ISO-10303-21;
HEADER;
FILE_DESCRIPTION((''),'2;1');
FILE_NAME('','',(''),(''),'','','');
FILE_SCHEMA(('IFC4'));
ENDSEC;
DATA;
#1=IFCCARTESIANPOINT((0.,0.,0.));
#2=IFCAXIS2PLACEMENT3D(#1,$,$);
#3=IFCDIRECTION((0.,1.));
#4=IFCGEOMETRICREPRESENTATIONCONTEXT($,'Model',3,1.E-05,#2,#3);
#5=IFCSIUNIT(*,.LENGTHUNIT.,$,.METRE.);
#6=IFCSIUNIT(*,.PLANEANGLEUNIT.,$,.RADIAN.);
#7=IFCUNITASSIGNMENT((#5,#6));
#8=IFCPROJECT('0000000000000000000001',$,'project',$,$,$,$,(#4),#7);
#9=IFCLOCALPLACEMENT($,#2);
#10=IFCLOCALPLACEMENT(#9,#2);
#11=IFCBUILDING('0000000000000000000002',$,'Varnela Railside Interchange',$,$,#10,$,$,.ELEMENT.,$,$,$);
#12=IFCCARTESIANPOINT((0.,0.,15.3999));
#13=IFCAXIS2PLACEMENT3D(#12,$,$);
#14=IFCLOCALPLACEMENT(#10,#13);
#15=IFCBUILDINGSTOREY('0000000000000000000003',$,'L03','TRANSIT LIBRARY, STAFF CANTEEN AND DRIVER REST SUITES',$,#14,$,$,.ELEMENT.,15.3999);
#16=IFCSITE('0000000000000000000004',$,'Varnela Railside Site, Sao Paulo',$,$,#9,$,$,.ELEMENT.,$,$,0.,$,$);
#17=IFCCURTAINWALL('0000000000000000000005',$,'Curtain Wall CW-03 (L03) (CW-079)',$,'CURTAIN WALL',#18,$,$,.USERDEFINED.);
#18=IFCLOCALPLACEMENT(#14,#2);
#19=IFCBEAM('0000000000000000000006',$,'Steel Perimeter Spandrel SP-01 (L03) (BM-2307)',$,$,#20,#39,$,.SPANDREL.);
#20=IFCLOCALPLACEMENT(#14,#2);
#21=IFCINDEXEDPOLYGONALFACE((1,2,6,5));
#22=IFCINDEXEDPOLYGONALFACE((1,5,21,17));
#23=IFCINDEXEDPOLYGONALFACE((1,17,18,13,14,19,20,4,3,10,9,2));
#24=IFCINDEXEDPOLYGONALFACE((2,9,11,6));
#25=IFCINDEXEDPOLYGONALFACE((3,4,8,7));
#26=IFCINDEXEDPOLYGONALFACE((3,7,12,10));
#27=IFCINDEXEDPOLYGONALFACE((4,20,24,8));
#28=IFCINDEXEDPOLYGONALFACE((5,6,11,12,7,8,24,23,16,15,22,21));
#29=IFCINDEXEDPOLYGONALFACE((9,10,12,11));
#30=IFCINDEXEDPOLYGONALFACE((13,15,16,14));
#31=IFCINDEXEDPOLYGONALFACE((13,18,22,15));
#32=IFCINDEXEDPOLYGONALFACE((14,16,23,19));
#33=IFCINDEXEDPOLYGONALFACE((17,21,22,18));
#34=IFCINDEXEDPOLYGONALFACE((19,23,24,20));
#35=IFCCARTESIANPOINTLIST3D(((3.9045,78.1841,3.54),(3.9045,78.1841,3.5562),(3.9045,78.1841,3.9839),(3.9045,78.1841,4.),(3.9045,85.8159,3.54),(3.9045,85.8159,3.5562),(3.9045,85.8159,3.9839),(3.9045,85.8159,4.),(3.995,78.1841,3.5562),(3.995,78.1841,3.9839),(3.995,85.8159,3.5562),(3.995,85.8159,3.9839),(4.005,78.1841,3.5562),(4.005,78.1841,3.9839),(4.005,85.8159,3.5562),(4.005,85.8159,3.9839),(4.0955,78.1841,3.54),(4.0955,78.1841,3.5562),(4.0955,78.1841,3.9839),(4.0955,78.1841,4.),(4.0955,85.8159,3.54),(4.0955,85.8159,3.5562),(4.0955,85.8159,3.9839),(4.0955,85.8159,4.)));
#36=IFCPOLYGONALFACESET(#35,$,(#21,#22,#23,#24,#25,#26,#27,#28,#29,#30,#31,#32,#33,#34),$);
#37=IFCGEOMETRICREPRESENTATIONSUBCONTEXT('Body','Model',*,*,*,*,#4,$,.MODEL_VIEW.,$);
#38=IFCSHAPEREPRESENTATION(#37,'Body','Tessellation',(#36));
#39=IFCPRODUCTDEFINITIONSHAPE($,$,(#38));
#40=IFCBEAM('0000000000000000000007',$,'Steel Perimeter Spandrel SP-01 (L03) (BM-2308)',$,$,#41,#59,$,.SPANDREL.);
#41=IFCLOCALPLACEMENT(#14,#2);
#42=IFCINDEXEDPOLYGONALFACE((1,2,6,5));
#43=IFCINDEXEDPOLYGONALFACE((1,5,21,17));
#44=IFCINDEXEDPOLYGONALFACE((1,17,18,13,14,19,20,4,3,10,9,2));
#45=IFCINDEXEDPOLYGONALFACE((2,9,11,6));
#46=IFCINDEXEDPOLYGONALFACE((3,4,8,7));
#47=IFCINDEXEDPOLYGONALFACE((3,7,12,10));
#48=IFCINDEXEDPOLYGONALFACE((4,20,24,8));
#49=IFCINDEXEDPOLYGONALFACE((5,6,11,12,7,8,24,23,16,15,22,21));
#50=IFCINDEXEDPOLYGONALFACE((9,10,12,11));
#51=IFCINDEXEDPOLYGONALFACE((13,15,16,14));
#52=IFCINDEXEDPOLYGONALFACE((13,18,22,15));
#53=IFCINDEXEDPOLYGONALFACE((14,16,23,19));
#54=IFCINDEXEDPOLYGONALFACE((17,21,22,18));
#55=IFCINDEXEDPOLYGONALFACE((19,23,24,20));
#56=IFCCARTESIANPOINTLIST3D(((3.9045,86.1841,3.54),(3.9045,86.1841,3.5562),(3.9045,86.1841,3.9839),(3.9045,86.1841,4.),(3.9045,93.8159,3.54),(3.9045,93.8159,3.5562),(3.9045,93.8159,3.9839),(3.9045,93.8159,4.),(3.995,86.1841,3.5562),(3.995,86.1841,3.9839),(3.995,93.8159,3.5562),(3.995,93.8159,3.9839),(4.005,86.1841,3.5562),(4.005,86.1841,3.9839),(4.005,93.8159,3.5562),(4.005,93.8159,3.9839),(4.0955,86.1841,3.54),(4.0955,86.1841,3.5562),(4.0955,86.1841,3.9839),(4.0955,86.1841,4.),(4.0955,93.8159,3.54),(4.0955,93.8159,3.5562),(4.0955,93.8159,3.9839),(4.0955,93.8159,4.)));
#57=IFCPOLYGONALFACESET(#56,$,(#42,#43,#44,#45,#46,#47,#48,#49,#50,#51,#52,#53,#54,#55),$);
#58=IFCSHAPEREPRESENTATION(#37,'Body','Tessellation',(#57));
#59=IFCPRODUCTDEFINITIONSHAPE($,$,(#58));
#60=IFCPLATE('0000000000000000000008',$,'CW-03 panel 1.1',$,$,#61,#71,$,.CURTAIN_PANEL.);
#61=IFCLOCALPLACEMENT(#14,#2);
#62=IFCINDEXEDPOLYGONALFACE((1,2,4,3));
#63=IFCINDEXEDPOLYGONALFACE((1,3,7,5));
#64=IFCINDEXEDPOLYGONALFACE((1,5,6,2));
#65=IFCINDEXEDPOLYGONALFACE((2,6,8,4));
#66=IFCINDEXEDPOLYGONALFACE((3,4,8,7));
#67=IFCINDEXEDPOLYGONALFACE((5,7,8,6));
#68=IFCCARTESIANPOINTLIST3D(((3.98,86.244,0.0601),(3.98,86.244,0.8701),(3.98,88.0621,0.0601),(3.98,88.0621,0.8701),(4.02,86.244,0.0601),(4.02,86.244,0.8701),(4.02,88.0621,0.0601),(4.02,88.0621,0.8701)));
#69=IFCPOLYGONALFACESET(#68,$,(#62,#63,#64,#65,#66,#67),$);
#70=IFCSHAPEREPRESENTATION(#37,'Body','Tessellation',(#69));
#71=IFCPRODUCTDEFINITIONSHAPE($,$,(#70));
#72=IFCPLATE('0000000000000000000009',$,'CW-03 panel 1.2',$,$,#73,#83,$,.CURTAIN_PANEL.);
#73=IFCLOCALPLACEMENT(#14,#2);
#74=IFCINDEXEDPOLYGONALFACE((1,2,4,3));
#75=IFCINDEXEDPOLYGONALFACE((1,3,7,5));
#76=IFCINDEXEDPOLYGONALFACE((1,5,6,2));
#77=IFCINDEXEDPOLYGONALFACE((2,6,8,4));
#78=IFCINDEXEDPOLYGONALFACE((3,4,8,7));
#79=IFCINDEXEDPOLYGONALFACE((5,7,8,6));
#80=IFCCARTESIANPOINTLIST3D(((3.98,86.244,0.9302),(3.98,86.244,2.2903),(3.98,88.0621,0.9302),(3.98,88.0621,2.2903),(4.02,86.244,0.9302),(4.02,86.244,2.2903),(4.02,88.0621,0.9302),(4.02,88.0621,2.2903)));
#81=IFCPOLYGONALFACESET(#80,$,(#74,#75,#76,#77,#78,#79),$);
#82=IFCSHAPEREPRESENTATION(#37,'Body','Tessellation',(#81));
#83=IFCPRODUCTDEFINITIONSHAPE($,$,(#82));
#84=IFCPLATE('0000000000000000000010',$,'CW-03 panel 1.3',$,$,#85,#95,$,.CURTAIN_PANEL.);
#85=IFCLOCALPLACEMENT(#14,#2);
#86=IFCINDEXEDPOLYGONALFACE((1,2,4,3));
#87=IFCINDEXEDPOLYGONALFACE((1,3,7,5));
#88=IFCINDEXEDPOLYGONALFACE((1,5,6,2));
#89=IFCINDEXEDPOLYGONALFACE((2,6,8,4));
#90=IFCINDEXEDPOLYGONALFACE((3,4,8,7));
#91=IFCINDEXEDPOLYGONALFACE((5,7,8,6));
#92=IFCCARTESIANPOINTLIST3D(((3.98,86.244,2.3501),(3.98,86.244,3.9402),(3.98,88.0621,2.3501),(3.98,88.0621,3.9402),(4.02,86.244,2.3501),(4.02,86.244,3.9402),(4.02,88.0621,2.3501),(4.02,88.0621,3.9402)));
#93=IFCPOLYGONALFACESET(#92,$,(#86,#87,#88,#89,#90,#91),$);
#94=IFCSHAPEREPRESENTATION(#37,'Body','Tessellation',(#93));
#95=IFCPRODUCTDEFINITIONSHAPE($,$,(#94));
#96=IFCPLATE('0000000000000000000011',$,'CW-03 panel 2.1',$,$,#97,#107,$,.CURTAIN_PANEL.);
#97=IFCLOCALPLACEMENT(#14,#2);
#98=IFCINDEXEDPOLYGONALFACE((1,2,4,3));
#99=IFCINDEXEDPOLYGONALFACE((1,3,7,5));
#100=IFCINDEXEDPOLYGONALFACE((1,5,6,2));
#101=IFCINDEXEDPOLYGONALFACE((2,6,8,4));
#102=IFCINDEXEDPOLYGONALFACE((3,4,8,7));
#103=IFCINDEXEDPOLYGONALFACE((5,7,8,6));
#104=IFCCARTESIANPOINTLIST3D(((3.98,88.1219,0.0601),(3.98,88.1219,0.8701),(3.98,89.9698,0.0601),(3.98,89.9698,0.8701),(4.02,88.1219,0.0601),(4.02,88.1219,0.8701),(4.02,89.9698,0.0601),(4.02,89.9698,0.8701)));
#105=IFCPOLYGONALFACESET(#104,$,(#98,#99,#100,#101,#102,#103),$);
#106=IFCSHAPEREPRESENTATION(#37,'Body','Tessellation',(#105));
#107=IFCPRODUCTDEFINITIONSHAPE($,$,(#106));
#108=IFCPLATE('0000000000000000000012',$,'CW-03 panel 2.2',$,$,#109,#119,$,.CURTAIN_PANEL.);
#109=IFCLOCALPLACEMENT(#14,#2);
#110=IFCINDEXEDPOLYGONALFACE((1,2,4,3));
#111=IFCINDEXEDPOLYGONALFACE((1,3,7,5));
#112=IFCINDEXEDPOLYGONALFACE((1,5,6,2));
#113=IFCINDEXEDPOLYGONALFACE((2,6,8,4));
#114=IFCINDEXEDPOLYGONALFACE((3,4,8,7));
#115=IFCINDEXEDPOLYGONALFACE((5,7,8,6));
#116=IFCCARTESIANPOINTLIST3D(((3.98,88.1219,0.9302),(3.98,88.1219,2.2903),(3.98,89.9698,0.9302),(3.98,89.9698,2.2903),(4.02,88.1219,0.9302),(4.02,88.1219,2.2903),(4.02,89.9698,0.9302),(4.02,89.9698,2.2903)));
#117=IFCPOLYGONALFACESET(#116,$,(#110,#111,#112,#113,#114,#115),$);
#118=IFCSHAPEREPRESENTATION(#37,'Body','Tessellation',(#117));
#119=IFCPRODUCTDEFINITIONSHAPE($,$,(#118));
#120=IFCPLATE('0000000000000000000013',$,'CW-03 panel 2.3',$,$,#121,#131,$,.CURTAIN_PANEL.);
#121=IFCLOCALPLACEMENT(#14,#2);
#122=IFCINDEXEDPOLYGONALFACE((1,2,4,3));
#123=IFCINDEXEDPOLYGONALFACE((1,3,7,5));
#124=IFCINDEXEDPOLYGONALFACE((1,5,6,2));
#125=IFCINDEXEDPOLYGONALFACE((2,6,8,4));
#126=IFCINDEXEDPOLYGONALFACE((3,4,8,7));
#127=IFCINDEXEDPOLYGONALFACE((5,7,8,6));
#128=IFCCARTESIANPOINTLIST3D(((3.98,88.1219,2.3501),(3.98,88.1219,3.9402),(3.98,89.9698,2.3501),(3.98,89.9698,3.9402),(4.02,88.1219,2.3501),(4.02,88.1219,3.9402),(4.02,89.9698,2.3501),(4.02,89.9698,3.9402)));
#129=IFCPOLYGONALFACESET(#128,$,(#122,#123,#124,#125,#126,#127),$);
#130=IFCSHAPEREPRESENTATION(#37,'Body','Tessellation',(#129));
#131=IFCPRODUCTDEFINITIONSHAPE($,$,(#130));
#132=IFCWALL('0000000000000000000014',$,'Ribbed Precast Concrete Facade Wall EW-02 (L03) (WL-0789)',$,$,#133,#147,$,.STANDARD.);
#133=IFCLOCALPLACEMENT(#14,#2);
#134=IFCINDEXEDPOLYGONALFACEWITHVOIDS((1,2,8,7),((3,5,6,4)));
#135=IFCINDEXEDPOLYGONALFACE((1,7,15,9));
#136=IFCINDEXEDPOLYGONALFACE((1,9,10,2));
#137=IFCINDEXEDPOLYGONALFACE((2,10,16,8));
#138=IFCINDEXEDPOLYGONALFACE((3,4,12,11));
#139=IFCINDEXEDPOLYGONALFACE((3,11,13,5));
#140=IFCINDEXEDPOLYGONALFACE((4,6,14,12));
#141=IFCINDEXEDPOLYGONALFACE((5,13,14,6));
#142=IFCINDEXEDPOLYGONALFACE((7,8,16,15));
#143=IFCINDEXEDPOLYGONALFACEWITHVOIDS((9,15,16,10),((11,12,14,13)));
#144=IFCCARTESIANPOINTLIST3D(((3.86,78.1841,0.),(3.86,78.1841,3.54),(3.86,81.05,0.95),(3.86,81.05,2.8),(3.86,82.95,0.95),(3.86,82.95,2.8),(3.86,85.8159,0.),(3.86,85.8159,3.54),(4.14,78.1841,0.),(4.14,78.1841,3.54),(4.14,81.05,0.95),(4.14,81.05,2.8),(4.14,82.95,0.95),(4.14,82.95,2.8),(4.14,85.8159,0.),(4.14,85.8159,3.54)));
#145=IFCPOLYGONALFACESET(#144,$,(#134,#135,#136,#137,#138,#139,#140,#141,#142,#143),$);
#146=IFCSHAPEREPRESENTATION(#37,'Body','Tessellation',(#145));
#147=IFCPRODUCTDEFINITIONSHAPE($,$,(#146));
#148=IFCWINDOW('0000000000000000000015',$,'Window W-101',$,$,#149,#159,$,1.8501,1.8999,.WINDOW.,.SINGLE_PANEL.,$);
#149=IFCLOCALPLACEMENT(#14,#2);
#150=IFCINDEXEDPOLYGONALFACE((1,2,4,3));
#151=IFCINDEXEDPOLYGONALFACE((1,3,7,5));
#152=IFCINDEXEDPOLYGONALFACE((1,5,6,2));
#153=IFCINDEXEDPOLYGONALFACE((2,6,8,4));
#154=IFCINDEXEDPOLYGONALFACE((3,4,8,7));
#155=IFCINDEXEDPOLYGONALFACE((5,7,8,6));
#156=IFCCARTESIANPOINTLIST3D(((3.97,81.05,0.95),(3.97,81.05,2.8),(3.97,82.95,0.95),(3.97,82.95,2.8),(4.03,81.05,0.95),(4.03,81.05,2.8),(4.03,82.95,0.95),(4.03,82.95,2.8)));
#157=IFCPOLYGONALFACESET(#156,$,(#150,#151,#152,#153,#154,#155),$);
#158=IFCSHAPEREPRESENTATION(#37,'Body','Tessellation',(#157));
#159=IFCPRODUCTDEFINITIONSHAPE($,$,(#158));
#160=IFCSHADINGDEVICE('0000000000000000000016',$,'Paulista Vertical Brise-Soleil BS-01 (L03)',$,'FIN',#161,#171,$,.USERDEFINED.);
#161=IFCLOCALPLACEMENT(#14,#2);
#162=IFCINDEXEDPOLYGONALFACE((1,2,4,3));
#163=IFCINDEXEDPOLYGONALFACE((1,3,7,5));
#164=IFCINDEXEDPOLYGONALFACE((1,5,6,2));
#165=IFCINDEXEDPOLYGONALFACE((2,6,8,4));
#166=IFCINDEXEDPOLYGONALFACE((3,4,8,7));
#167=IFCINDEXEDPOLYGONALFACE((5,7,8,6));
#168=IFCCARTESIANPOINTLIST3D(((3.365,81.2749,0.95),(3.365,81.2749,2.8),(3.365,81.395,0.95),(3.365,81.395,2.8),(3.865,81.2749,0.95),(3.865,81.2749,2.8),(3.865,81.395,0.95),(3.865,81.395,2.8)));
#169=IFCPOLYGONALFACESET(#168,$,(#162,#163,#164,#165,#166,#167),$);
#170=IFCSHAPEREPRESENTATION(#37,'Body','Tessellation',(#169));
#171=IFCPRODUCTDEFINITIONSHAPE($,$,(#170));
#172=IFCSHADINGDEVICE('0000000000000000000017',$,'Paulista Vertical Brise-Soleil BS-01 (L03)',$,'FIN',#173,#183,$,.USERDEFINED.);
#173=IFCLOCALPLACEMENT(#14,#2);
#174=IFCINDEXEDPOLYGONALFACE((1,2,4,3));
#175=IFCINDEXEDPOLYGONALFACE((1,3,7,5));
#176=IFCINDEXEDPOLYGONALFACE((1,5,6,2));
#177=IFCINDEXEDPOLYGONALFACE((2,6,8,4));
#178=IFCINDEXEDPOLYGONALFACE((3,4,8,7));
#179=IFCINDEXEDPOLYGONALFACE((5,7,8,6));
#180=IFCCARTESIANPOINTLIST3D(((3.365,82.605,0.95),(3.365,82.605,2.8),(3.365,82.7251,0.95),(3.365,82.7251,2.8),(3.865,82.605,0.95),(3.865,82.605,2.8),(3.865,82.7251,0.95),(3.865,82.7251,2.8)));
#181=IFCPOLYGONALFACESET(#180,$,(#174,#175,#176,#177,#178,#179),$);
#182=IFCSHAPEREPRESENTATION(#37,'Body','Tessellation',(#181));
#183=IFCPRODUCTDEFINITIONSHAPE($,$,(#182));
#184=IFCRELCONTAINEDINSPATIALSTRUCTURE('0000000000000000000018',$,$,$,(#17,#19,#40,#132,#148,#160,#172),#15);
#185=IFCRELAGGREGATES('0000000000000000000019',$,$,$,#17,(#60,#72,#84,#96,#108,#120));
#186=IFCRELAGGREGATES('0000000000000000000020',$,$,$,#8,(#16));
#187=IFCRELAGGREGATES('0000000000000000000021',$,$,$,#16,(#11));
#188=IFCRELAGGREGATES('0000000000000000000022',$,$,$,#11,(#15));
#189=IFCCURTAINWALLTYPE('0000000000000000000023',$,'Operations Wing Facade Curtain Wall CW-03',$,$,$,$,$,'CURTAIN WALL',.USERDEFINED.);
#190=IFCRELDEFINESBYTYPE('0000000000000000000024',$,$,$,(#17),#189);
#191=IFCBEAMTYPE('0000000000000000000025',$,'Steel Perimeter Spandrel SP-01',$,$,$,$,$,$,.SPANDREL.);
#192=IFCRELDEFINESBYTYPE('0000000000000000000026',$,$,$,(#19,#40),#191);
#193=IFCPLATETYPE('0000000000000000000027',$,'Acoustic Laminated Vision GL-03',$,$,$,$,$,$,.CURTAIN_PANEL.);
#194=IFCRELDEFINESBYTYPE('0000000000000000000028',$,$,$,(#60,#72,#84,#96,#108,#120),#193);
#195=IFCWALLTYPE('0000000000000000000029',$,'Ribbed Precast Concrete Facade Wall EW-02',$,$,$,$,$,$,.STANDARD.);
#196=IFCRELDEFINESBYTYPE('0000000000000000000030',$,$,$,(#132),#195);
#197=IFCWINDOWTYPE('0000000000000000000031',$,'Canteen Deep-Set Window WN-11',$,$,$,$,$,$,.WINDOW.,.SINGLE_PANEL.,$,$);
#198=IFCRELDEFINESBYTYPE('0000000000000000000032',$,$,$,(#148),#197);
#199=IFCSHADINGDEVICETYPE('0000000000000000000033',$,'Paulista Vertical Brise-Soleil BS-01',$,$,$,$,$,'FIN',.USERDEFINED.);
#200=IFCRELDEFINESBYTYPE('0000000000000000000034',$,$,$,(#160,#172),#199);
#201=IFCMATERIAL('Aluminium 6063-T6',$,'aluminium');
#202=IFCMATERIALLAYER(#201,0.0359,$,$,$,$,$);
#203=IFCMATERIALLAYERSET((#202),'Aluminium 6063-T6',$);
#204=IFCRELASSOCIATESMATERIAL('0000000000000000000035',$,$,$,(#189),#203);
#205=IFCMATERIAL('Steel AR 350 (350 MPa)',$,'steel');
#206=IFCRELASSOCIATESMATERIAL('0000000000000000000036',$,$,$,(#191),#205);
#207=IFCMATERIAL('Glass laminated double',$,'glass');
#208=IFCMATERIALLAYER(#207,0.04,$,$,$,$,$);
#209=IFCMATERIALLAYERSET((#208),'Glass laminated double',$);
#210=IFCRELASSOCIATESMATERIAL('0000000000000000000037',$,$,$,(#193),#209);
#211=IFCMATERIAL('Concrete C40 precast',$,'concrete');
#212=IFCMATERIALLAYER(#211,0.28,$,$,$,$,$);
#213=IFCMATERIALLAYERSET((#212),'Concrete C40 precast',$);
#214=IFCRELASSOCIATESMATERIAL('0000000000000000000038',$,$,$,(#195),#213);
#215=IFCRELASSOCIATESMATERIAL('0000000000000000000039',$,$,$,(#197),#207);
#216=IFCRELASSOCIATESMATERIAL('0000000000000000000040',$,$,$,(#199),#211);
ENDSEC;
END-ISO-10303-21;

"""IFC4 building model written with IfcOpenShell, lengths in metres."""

from ifc_helpers import new_model, si_unit, direction, frame, frame_2d, origin, origin_2d, place, context, subcontext, project, spatial, rectangle, i_section, extrude, material, layer, layer_set, material_profile, profile_set, type_object, element, fill, aggregate, save


model = new_model("IFC4")

# Units and contexts
model_context = context("Model", 3, precision=1e-05, world=origin(), true_north=direction((0.0, 1.0)))
body_context = subcontext(model_context, "Body", "Model", "MODEL_VIEW")
ifc_project = project(units=[si_unit("LENGTHUNIT", "METRE"), si_unit("PLANEANGLEUNIT", "RADIAN")], contexts=[model_context])

# Site, building, storey
site_placement = place(None, origin())
site = spatial("IfcSite", under=ifc_project, at=site_placement, Name="Varnela Railside Site, Sao Paulo", CompositionType="ELEMENT", RefElevation=0.0)
building_placement = place(site_placement, origin())
building = spatial("IfcBuilding", under=site, at=building_placement, Name="Varnela Railside Interchange", CompositionType="ELEMENT")
storey_placement = place(building_placement, frame((0.0, 0.0, 15.3999)))
storey = spatial("IfcBuildingStorey", under=building, at=storey_placement, Name="L03", Description="TRANSIT LIBRARY, STAFF CANTEEN AND DRIVER REST SUITES", CompositionType="ELEMENT", Elevation=15.3999)

# Shared definitions
ifc_material_1 = material(Name="Steel AR 350 (350 MPa)", Category="steel")

# Curtain wall
ifc_material_2 = material(Name="Aluminium 6063-T6", Category="aluminium")
ifc_layer_1 = layer(ifc_material_2, 0.0359)
ifc_layer_set_1 = layer_set([ifc_layer_1], Name="Aluminium 6063-T6")
curtain_wall_type = type_object("IfcCurtainWallType", Name="Operations Wing Facade Curtain Wall CW-03", ElementType="CURTAIN WALL", PredefinedType="USERDEFINED", material=ifc_layer_set_1)
curtain_wall_placement = place(storey_placement, origin())
curtain_wall = element("IfcCurtainWall", 1, at=curtain_wall_placement, inside=storey, type_object=curtain_wall_type, Name="Curtain Wall CW-03 (L03) (CW-079)", ObjectType="CURTAIN WALL", PredefinedType="USERDEFINED")

# Beams
ifc_material_profile_1 = material_profile(ifc_material_1, i_section(OverallWidth=0.1909, OverallDepth=0.46, WebThickness=0.01, FlangeThickness=0.0161, at=origin_2d()), Name="W460x82")
ifc_profile_set_1 = profile_set([ifc_material_profile_1], Name="Steel AR 350 (350 MPa)")
beam_type = type_object("IfcBeamType", Name="Steel Perimeter Spandrel SP-01", PredefinedType="SPANDREL", material=ifc_profile_set_1)
for number, where, z_axis, x_axis, name in (
    (2, (4.0, 78.1841, 3.77), (0.0, 1.0, 0.0), (-1.0, 0.0, 0.0), "Steel Perimeter Spandrel SP-01 (L03) (BM-2307)"),
    (3, (4.0, 86.1841, 3.77), (0.0, 1.0, 0.0), (-1.0, 0.0, 0.0), "Steel Perimeter Spandrel SP-01 (L03) (BM-2308)"),
):
    element("IfcBeam", number, at=place(storey_placement, frame(where, z_axis=z_axis, x_axis=x_axis)), inside=storey, type_object=beam_type, Name=name, PredefinedType="SPANDREL", context=body_context, shape_type="SweptSolid", body=[
        extrude(i_section(OverallWidth=0.1909, OverallDepth=0.46, WebThickness=0.01, FlangeThickness=0.0161, at=origin_2d()), origin(), (0.0, 0.0, 1.0), 7.6318),
    ])

# Plates
ifc_material_3 = material(Name="Glass laminated double", Category="glass")
ifc_layer_2 = layer(ifc_material_3, 0.04)
ifc_layer_set_2 = layer_set([ifc_layer_2], Name="Glass laminated double")
plate_type = type_object("IfcPlateType", Name="Acoustic Laminated Vision GL-03", PredefinedType="CURTAIN_PANEL", material=ifc_layer_set_2)
plate_1_placement = place(storey_placement, frame((4.0, 87.1531, 0.0601), z_axis=(0.0, 0.0, 1.0), x_axis=(0.0, 1.0, 0.0)))
plate_1 = element("IfcPlate", 4, at=plate_1_placement, type_object=plate_type, Name="CW-03 panel 1.1", PredefinedType="CURTAIN_PANEL", context=body_context, shape_type="SweptSolid", body=[
    extrude(rectangle(XDim=1.8181, YDim=0.04, at=origin_2d()), origin(), (0.0, 0.0, 1.0), 0.8101),
])
plate_2_placement = place(storey_placement, frame((4.0, 87.1531, 0.9302), z_axis=(0.0, 0.0, 1.0), x_axis=(0.0, 1.0, 0.0)))
plate_2 = element("IfcPlate", 5, at=plate_2_placement, type_object=plate_type, Name="CW-03 panel 1.2", PredefinedType="CURTAIN_PANEL", context=body_context, shape_type="SweptSolid", body=[
    extrude(rectangle(XDim=1.8181, YDim=0.04, at=origin_2d()), origin(), (0.0, 0.0, 1.0), 1.3601),
])
plate_3_placement = place(storey_placement, frame((4.0, 87.1531, 2.3501), z_axis=(0.0, 0.0, 1.0), x_axis=(0.0, 1.0, 0.0)))
plate_3 = element("IfcPlate", 6, at=plate_3_placement, type_object=plate_type, Name="CW-03 panel 1.3", PredefinedType="CURTAIN_PANEL", context=body_context, shape_type="SweptSolid", body=[
    extrude(rectangle(XDim=1.8181, YDim=0.04, at=origin_2d()), origin(), (0.0, 0.0, 1.0), 1.5901),
])
plate_4_placement = place(storey_placement, frame((4.0, 89.0459, 0.0601), z_axis=(0.0, 0.0, 1.0), x_axis=(0.0, 1.0, 0.0)))
plate_4 = element("IfcPlate", 7, at=plate_4_placement, type_object=plate_type, Name="CW-03 panel 2.1", PredefinedType="CURTAIN_PANEL", context=body_context, shape_type="SweptSolid", body=[
    extrude(rectangle(XDim=1.8479, YDim=0.04, at=origin_2d()), origin(), (0.0, 0.0, 1.0), 0.8101),
])
plate_5_placement = place(storey_placement, frame((4.0, 89.0459, 0.9302), z_axis=(0.0, 0.0, 1.0), x_axis=(0.0, 1.0, 0.0)))
plate_5 = element("IfcPlate", 8, at=plate_5_placement, type_object=plate_type, Name="CW-03 panel 2.2", PredefinedType="CURTAIN_PANEL", context=body_context, shape_type="SweptSolid", body=[
    extrude(rectangle(XDim=1.8479, YDim=0.04, at=origin_2d()), origin(), (0.0, 0.0, 1.0), 1.3601),
])
plate_6_placement = place(storey_placement, frame((4.0, 89.0459, 2.3501), z_axis=(0.0, 0.0, 1.0), x_axis=(0.0, 1.0, 0.0)))
plate_6 = element("IfcPlate", 9, at=plate_6_placement, type_object=plate_type, Name="CW-03 panel 2.3", PredefinedType="CURTAIN_PANEL", context=body_context, shape_type="SweptSolid", body=[
    extrude(rectangle(XDim=1.8479, YDim=0.04, at=origin_2d()), origin(), (0.0, 0.0, 1.0), 1.5901),
])
aggregate(curtain_wall, [plate_1, plate_2, plate_3, plate_4, plate_5, plate_6])

# Wall, opening, window
ifc_material_4 = material(Name="Concrete C40 precast", Category="concrete")
ifc_layer_3 = layer(ifc_material_4, 0.28)
ifc_layer_set_3 = layer_set([ifc_layer_3], Name="Concrete C40 precast")
wall_type = type_object("IfcWallType", Name="Ribbed Precast Concrete Facade Wall EW-02", PredefinedType="STANDARD", material=ifc_layer_set_3)
wall_placement = place(storey_placement, frame((4.0, 78.1841, 0.0), z_axis=(0.0, 0.0, 1.0), x_axis=(0.0, 1.0, 0.0)))
wall = element("IfcWall", 10, at=wall_placement, inside=storey, type_object=wall_type, Name="Ribbed Precast Concrete Facade Wall EW-02 (L03) (WL-0789)", PredefinedType="STANDARD", context=body_context, shape_type="SweptSolid", body=[
    extrude(rectangle(XDim=7.6318, YDim=0.28, at=frame_2d((3.8159, 0.0))), origin(), (0.0, 0.0, 1.0), 3.54),
])
opening_placement = place(wall_placement, frame((2.866, 0.0, 0.95)))
opening = element("IfcOpeningElement", 11, at=opening_placement, cuts=wall, PredefinedType="OPENING", context=body_context, shape_type="SweptSolid", body=[
    extrude(rectangle(XDim=1.8999, YDim=1.8501, at=frame_2d((0.95, 0.925))), frame((0.0, 0.1499, 0.0), z_axis=(0.0, -1.0, 0.0), x_axis=(1.0, 0.0, 0.0)), (0.0, 0.0, 1.0), 0.3),
])
window_type = type_object("IfcWindowType", Name="Canteen Deep-Set Window WN-11", PartitioningType="SINGLE_PANEL", PredefinedType="WINDOW", material=ifc_material_3)
window_placement = place(opening_placement, origin())
window = element("IfcWindow", 12, at=window_placement, inside=storey, type_object=window_type, Name="Window W-101", OverallHeight=1.8501, OverallWidth=1.8999, PartitioningType="SINGLE_PANEL", PredefinedType="WINDOW", context=body_context, shape_type="SweptSolid", body=[
    extrude(rectangle(XDim=1.8999, YDim=1.8501, at=frame_2d((0.95, 0.925))), frame((0.0, 0.03, 0.0), z_axis=(0.0, -1.0, 0.0), x_axis=(1.0, 0.0, 0.0)), (0.0, 0.0, 1.0), 0.0601),
])
fill(opening, window)

# Shading devices
shading_device_type = type_object("IfcShadingDeviceType", Name="Paulista Vertical Brise-Soleil BS-01", ElementType="FIN", PredefinedType="USERDEFINED", material=ifc_material_4)
for number, where, z_axis, x_axis, name in (
    (13, (3.615, 81.335, 0.95), (0.0, 0.0, 1.0), (-1.0, 0.0, 0.0), "Paulista Vertical Brise-Soleil BS-01 (L03)"),
    (14, (3.615, 82.665, 0.95), (0.0, 0.0, 1.0), (-1.0, 0.0, 0.0), "Paulista Vertical Brise-Soleil BS-01 (L03)"),
):
    element("IfcShadingDevice", number, at=place(storey_placement, frame(where, z_axis=z_axis, x_axis=x_axis)), inside=storey, type_object=shading_device_type, Name=name, ObjectType="FIN", PredefinedType="USERDEFINED", context=body_context, shape_type="SweptSolid", body=[
        extrude(rectangle(XDim=0.5, YDim=0.1201, at=origin_2d()), origin(), (0.0, 0.0, 1.0), 1.8501),
    ])

save(model, "model.ifc")
